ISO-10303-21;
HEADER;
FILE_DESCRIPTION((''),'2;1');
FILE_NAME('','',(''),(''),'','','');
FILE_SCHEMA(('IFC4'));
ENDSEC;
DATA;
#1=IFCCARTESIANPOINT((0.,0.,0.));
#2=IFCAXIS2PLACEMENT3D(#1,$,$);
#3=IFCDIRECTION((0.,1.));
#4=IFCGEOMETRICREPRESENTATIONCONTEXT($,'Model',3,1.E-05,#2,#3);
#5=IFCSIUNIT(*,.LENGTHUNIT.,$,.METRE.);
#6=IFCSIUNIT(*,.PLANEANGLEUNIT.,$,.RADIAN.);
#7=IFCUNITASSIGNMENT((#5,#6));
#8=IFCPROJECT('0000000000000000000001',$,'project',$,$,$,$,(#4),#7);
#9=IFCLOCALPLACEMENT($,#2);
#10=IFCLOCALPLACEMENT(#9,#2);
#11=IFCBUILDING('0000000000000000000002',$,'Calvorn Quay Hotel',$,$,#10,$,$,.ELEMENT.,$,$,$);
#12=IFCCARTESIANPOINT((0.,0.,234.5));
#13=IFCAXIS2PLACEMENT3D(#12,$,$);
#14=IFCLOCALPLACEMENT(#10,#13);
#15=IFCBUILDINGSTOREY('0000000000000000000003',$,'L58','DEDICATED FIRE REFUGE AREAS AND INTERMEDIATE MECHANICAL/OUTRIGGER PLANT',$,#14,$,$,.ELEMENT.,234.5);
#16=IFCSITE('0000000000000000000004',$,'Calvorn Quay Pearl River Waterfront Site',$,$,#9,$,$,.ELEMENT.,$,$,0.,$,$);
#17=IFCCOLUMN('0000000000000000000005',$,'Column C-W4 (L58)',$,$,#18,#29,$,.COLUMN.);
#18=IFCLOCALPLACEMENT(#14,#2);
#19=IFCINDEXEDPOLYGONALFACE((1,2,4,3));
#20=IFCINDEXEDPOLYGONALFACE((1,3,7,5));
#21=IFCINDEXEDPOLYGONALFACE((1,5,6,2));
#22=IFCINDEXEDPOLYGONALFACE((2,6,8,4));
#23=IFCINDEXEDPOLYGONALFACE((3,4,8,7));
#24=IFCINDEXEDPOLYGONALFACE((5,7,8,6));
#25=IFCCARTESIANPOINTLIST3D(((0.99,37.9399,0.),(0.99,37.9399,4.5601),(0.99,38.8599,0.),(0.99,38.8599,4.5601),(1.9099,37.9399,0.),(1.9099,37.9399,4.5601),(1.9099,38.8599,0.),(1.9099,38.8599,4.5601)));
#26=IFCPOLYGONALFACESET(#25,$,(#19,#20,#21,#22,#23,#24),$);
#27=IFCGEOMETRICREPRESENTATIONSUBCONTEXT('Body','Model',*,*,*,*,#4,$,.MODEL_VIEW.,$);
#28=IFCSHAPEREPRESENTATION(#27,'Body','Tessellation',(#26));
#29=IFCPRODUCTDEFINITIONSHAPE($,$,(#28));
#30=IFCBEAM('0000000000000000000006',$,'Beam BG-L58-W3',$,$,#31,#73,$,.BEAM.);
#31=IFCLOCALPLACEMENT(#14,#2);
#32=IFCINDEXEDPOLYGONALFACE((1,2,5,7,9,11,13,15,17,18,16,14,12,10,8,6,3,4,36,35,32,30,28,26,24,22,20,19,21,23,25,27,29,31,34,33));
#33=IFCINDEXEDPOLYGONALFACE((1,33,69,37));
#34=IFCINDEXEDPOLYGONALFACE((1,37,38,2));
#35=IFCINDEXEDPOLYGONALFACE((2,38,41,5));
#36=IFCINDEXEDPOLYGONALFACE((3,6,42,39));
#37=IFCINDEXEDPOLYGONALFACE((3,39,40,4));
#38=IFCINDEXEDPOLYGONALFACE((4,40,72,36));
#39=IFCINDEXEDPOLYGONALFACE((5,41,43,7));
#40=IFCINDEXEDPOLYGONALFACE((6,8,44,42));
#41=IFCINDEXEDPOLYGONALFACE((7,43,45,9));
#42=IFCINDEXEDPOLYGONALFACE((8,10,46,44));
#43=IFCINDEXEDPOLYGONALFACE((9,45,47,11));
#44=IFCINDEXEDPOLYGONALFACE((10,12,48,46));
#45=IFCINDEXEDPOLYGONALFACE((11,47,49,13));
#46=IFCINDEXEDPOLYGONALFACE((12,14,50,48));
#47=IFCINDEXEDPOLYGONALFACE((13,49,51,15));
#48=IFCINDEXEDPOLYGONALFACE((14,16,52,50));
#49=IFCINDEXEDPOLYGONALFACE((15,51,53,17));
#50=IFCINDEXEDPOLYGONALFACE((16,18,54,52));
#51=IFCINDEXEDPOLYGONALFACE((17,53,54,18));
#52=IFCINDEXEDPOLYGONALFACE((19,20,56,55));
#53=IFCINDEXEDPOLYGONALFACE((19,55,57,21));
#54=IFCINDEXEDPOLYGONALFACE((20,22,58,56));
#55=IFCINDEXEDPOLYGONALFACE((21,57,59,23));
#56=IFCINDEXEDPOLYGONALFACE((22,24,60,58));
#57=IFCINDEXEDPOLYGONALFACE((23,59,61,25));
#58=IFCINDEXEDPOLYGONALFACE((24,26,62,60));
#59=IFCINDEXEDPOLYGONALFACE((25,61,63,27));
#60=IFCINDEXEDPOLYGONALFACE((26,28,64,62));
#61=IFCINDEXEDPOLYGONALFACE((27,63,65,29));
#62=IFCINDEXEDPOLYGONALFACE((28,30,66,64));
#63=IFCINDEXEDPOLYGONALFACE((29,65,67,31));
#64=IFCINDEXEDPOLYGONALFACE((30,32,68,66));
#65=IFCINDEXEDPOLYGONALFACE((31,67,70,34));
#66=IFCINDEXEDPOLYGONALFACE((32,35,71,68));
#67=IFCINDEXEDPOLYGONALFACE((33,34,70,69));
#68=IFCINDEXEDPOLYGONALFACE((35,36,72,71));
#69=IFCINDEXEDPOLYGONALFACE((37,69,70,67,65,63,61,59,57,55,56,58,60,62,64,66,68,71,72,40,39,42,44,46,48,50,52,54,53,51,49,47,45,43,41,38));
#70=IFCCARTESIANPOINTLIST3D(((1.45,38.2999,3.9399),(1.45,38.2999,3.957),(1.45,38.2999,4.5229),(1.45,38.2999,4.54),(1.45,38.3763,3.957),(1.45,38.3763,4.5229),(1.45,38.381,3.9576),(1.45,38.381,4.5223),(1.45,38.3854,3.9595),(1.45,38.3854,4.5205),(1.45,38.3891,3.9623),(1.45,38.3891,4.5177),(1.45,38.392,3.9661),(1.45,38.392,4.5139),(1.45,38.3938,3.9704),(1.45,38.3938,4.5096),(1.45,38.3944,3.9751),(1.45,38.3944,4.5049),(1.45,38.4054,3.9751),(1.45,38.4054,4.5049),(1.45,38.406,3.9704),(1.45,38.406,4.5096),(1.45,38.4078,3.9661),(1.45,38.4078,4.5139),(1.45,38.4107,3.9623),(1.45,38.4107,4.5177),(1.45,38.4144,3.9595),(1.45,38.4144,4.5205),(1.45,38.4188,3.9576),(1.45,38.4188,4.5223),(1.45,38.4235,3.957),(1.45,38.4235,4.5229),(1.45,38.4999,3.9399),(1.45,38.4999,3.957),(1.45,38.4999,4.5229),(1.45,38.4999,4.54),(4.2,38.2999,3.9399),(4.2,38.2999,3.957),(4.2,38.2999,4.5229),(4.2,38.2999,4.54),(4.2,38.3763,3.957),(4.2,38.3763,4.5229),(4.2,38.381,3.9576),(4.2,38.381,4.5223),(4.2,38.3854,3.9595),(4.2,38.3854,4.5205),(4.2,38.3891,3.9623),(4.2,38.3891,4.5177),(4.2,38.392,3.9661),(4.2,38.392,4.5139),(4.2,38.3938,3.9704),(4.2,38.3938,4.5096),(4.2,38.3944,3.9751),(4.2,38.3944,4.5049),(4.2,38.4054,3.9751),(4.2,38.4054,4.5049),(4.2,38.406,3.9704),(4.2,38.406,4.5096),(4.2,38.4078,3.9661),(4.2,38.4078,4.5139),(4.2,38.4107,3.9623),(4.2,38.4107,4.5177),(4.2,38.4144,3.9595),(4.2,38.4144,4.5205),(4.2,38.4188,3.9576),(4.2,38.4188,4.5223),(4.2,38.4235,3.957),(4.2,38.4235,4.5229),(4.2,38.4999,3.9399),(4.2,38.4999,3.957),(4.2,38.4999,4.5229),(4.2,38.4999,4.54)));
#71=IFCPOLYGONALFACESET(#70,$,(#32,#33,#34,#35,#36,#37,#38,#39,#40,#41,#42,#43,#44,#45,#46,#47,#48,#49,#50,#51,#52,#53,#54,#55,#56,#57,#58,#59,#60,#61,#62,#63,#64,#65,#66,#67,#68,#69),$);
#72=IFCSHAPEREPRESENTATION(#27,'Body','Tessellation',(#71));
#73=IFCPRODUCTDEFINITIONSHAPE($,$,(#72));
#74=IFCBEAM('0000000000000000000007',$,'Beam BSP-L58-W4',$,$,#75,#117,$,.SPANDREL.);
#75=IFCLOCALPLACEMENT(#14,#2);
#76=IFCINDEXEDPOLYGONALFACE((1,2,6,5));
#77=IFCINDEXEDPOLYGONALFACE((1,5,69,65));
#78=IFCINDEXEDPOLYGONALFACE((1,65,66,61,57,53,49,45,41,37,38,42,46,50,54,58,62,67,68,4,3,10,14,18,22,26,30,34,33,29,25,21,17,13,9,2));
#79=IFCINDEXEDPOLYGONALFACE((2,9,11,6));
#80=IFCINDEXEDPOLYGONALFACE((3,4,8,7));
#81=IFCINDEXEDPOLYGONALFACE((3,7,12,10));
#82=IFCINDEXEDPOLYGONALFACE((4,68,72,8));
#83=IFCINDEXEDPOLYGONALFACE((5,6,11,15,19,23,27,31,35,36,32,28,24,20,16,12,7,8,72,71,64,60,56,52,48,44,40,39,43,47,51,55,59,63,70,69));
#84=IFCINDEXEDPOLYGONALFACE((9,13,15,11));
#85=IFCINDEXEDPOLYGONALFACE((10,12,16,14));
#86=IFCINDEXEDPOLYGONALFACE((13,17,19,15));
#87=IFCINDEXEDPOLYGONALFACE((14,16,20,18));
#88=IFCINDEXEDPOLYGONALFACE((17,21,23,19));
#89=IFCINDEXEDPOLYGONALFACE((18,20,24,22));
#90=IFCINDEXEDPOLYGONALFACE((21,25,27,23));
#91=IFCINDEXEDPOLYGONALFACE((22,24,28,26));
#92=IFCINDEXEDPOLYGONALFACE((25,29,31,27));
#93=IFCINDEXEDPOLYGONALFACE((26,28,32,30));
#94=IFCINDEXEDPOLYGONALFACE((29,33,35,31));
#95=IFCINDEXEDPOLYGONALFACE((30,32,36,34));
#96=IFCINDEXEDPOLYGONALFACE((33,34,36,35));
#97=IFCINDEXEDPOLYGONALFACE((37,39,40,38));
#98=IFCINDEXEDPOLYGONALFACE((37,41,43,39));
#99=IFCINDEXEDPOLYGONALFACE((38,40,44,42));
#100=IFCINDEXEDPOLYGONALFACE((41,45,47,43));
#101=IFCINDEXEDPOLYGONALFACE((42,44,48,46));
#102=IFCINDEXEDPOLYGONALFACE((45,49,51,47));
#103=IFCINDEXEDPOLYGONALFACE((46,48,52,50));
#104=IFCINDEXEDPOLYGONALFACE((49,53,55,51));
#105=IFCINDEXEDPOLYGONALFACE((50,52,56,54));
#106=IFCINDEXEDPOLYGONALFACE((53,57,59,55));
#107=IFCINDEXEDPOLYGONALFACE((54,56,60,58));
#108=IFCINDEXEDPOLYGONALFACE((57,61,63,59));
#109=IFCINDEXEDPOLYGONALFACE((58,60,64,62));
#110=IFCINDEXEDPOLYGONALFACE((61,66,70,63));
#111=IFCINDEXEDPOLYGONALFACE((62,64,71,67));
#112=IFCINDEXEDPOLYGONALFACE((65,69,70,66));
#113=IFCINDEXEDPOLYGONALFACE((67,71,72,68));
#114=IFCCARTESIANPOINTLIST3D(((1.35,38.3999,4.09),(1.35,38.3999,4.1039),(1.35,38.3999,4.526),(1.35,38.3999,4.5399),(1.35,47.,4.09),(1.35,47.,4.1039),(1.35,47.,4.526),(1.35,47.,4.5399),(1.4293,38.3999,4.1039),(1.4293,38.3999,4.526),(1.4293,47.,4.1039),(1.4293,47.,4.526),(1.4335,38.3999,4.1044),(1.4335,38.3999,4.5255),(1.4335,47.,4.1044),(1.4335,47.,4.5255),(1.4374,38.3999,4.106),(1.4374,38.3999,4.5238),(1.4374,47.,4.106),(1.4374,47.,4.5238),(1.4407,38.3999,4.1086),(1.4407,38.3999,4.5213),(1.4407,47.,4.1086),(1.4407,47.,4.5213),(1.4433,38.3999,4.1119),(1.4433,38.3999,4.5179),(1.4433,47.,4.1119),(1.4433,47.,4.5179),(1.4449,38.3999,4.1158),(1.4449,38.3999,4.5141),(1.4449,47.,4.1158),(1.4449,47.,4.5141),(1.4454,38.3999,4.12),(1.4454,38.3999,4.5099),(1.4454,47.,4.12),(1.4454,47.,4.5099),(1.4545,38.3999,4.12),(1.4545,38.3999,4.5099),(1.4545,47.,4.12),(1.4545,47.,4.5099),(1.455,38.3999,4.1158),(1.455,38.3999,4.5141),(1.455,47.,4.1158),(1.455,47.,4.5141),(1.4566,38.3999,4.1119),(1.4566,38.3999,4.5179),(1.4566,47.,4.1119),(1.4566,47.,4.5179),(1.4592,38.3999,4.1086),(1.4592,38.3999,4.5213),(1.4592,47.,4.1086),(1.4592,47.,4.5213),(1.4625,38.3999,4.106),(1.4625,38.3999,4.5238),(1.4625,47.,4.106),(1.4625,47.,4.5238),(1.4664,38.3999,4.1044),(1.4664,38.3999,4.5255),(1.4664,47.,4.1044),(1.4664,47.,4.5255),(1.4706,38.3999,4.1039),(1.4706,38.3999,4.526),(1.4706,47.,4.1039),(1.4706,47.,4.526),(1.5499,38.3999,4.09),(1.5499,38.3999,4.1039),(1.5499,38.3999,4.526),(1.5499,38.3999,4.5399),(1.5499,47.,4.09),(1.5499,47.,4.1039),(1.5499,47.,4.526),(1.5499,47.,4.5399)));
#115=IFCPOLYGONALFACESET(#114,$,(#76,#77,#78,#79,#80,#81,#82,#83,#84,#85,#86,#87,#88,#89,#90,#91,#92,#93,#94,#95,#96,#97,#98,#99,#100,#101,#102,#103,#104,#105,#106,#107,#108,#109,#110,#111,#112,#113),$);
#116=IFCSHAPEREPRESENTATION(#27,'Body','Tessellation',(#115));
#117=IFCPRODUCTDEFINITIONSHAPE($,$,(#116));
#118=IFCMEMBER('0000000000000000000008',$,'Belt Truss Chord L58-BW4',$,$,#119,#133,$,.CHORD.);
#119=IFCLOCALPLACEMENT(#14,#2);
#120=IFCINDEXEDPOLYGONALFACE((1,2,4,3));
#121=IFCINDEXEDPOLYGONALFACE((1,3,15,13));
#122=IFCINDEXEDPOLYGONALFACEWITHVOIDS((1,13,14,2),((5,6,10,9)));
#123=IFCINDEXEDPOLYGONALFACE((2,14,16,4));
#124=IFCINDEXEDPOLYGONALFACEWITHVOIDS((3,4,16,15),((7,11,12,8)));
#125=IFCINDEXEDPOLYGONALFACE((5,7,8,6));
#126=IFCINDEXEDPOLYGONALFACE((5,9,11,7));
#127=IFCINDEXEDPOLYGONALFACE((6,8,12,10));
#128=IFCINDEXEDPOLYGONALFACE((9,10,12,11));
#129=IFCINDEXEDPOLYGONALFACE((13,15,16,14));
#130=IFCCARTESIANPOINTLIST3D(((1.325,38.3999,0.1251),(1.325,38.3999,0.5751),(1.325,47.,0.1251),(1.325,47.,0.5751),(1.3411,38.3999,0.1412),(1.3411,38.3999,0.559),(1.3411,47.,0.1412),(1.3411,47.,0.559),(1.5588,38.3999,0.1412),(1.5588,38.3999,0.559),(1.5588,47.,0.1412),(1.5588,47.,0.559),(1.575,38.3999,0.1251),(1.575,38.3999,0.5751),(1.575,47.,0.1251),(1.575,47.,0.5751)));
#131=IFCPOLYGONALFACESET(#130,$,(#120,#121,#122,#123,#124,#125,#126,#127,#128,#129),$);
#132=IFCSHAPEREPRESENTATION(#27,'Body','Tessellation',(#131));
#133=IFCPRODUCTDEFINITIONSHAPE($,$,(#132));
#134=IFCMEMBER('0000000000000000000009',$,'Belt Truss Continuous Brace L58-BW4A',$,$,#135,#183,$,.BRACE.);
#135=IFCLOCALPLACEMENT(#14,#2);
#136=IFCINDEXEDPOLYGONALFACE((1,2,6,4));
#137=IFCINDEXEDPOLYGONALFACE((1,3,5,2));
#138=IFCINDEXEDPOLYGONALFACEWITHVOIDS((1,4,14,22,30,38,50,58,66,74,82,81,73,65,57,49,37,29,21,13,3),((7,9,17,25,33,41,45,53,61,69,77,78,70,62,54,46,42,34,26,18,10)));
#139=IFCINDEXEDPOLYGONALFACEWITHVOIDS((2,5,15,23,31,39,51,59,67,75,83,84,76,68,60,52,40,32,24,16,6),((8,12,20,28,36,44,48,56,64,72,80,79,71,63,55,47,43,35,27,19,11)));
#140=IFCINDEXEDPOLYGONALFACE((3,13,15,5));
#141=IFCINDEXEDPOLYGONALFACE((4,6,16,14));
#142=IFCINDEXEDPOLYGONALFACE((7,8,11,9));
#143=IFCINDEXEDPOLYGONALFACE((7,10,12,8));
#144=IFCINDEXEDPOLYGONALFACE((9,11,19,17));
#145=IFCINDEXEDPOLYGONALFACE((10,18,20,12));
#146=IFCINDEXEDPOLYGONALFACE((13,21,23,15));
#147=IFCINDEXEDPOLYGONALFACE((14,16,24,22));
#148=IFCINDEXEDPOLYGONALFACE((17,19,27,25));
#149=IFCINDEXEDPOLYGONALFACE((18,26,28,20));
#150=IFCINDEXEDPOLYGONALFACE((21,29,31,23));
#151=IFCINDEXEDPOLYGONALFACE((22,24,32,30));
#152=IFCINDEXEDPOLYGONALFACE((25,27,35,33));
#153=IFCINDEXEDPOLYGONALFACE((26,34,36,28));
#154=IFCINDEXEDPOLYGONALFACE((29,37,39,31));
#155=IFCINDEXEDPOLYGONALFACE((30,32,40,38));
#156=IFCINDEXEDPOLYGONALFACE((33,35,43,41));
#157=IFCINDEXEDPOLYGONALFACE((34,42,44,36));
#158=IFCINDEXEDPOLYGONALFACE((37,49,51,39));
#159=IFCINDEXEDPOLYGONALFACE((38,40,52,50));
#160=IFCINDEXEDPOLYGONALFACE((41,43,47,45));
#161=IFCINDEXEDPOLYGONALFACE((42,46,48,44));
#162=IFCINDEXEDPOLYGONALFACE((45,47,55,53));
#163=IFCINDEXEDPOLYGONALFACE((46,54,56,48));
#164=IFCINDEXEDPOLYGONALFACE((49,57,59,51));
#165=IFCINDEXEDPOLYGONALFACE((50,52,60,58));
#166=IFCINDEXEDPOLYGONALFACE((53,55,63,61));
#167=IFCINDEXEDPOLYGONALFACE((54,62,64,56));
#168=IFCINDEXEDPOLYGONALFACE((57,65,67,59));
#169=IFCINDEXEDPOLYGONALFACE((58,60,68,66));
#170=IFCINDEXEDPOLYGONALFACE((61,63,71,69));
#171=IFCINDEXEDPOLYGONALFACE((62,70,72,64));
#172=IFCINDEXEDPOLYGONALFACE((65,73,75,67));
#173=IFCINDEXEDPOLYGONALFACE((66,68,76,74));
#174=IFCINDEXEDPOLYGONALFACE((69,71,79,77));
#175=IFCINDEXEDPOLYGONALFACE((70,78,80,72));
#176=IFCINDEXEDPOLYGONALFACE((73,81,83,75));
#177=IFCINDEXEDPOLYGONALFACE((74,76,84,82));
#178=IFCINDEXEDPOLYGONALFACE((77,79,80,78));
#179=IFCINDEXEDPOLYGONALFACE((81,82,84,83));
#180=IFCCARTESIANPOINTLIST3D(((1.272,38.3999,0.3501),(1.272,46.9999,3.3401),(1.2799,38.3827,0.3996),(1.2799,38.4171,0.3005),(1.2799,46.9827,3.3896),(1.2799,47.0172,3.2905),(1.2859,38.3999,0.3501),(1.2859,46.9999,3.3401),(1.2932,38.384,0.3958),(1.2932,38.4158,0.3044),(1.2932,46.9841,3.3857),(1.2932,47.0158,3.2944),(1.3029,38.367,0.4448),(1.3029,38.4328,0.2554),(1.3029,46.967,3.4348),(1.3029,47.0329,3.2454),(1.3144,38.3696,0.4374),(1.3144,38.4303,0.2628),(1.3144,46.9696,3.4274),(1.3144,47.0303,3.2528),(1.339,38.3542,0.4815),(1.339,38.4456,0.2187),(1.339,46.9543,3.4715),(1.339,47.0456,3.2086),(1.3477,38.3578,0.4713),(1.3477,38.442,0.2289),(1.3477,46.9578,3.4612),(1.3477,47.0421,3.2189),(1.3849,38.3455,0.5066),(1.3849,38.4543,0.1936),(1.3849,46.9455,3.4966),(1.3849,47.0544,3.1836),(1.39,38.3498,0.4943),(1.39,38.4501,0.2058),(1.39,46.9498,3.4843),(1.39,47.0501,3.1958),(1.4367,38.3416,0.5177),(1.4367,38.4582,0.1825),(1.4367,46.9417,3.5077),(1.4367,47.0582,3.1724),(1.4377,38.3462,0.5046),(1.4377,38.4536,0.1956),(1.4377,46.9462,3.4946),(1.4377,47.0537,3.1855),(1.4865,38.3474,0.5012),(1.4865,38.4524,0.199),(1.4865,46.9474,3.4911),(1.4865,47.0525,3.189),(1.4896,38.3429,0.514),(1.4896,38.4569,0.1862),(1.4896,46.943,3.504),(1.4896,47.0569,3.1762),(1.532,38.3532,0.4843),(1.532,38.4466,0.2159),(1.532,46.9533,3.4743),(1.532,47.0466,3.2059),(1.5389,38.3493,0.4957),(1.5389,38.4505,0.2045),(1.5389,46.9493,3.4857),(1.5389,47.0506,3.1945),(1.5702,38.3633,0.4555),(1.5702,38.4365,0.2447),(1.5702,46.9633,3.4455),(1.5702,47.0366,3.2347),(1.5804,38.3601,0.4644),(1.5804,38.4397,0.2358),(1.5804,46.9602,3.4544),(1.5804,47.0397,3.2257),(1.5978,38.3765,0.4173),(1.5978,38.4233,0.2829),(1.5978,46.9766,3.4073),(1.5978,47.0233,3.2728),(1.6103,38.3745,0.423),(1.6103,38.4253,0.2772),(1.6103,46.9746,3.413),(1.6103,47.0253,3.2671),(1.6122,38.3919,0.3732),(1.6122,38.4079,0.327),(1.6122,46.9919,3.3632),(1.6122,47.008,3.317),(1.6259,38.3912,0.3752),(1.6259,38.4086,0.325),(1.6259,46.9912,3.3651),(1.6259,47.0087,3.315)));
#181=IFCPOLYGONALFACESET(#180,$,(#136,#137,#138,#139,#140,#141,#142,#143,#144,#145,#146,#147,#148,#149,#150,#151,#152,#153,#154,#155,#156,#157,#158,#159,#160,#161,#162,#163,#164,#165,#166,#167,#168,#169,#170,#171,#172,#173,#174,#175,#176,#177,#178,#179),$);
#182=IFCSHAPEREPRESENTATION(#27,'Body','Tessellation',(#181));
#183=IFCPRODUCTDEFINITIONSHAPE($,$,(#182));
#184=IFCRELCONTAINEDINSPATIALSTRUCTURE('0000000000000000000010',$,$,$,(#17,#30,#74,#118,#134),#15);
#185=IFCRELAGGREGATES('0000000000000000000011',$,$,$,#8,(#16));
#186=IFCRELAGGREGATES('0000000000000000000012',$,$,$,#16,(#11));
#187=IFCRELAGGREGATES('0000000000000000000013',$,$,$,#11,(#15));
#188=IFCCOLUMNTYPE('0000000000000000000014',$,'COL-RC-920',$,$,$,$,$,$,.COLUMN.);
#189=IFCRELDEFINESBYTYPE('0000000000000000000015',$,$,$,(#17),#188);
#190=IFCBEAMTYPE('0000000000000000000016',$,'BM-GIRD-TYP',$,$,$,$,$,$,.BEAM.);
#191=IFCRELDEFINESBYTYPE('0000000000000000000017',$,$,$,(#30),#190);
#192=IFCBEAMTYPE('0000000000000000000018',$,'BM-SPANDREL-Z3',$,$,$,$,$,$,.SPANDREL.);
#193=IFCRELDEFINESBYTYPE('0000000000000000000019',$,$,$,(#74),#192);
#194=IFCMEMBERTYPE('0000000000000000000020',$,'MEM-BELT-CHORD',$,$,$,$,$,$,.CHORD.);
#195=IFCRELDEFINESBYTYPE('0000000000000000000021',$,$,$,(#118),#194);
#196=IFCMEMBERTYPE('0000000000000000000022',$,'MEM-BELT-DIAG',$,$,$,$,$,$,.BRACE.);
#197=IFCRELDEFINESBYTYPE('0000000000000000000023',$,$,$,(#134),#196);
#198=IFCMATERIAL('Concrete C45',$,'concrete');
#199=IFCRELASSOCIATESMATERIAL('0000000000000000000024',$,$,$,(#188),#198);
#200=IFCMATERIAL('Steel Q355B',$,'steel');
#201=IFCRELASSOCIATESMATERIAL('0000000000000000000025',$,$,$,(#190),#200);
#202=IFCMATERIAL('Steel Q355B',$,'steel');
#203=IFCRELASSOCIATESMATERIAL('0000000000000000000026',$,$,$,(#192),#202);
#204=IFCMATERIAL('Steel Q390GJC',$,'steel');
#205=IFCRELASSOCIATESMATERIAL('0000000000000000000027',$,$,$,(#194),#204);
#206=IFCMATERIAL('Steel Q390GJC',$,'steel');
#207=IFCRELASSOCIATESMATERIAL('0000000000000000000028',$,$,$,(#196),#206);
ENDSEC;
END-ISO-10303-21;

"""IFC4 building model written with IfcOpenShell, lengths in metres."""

from ifc_helpers import new_model, si_unit, direction, frame, origin, origin_2d, place, context, subcontext, project, spatial, rectangle, hollow_rectangle, hollow_circle, i_section, extrude, material, material_profile, profile_set, type_object, element, save


model = new_model("IFC4")

# Units and contexts
model_context = context("Model", 3, precision=1e-05, world=origin(), true_north=direction((0.0, 1.0)))
body_context = subcontext(model_context, "Body", "Model", "MODEL_VIEW")
ifc_project = project(units=[si_unit("LENGTHUNIT", "METRE"), si_unit("PLANEANGLEUNIT", "RADIAN")], contexts=[model_context])

# Site, building, storey
site_placement = place(None, origin())
site = spatial("IfcSite", under=ifc_project, at=site_placement, Name="Calvorn Quay Pearl River Waterfront Site", CompositionType="ELEMENT", RefElevation=0.0)
building_placement = place(site_placement, origin())
building = spatial("IfcBuilding", under=site, at=building_placement, Name="Calvorn Quay Hotel", CompositionType="ELEMENT")
storey_placement = place(building_placement, frame((0.0, 0.0, 234.5)))
storey = spatial("IfcBuildingStorey", under=building, at=storey_placement, Name="L58", Description="DEDICATED FIRE REFUGE AREAS AND INTERMEDIATE MECHANICAL/OUTRIGGER PLANT", CompositionType="ELEMENT", Elevation=234.5)

# Column
ifc_material_1 = material(Name="Concrete C45", Category="concrete")
ifc_material_profile_1 = material_profile(ifc_material_1, rectangle(XDim=0.9199, YDim=0.9199, at=origin_2d()), Name="RC920x920")
ifc_profile_set_1 = profile_set([ifc_material_profile_1], Name="Concrete C45")
column_type = type_object("IfcColumnType", Name="COL-RC-920", PredefinedType="COLUMN", material=ifc_profile_set_1)
column_placement = place(storey_placement, frame((1.45, 38.3999, 0.0), z_axis=(0.0, 0.0, 1.0), x_axis=(1.0, 0.0, 0.0)))
element("IfcColumn", 1, at=column_placement, inside=storey, type_object=column_type, Name="Column C-W4 (L58)", PredefinedType="COLUMN", context=body_context, shape_type="SweptSolid", body=[
    extrude(rectangle(XDim=0.9199, YDim=0.9199, at=origin_2d()), origin(), (0.0, 0.0, 1.0), 4.5601),
])

# Beams
ifc_material_2 = material(Name="Steel Q355B", Category="steel")
ifc_material_profile_2 = material_profile(ifc_material_2, i_section(OverallWidth=0.2, OverallDepth=0.6001, WebThickness=0.011, FlangeThickness=0.0171, FilletRadius=0.0181, at=origin_2d()), Name="HN600x200x11x17")
ifc_profile_set_2 = profile_set([ifc_material_profile_2], Name="Steel Q355B")
beam_type_1 = type_object("IfcBeamType", Name="BM-GIRD-TYP", PredefinedType="BEAM", material=ifc_profile_set_2)
beam_1_placement = place(storey_placement, frame((1.45, 38.3999, 4.24), z_axis=(1.0, 0.0, 0.0), x_axis=(0.0, 1.0, 0.0)))
element("IfcBeam", 2, at=beam_1_placement, inside=storey, type_object=beam_type_1, Name="Beam BG-L58-W3", PredefinedType="BEAM", context=body_context, shape_type="SweptSolid", body=[
    extrude(i_section(OverallWidth=0.2, OverallDepth=0.6001, WebThickness=0.011, FlangeThickness=0.0171, FilletRadius=0.0181, at=origin_2d()), origin(), (0.0, 0.0, 1.0), 2.75),
])
ifc_material_3 = material(Name="Steel Q355B", Category="steel")
ifc_material_profile_3 = material_profile(ifc_material_3, i_section(OverallWidth=0.2, OverallDepth=0.45, WebThickness=0.009, FlangeThickness=0.0139, FilletRadius=0.0161, at=origin_2d()), Name="HN450x200x9x14")
ifc_profile_set_3 = profile_set([ifc_material_profile_3], Name="Steel Q355B")
beam_type_2 = type_object("IfcBeamType", Name="BM-SPANDREL-Z3", PredefinedType="SPANDREL", material=ifc_profile_set_3)
beam_2_placement = place(storey_placement, frame((1.45, 38.3999, 4.3149), z_axis=(0.0, 1.0, 0.0), x_axis=(-1.0, 0.0, 0.0)))
element("IfcBeam", 3, at=beam_2_placement, inside=storey, type_object=beam_type_2, Name="Beam BSP-L58-W4", PredefinedType="SPANDREL", context=body_context, shape_type="SweptSolid", body=[
    extrude(i_section(OverallWidth=0.2, OverallDepth=0.45, WebThickness=0.009, FlangeThickness=0.0139, FilletRadius=0.0161, at=origin_2d()), origin(), (0.0, 0.0, 1.0), 8.6001),
])

# Members
ifc_material_4 = material(Name="Steel Q390GJC", Category="steel")
ifc_material_profile_4 = material_profile(ifc_material_4, hollow_rectangle(XDim=0.25, YDim=0.45, WallThickness=0.0161, at=origin_2d()), Name="RHS450x250x16")
ifc_profile_set_4 = profile_set([ifc_material_profile_4], Name="Steel Q390GJC")
member_type_1 = type_object("IfcMemberType", Name="MEM-BELT-CHORD", PredefinedType="CHORD", material=ifc_profile_set_4)
member_1_placement = place(storey_placement, frame((1.45, 38.3999, 0.3501), z_axis=(0.0, 1.0, 0.0), x_axis=(-1.0, 0.0, 0.0)))
element("IfcMember", 4, at=member_1_placement, inside=storey, type_object=member_type_1, Name="Belt Truss Chord L58-BW4", PredefinedType="CHORD", context=body_context, shape_type="SweptSolid", body=[
    extrude(hollow_rectangle(XDim=0.25, YDim=0.45, WallThickness=0.0161, at=origin_2d()), origin(), (0.0, 0.0, 1.0), 8.6001),
])
ifc_material_5 = material(Name="Steel Q390GJC", Category="steel")
ifc_material_profile_5 = material_profile(ifc_material_5, hollow_circle(Radius=0.178, WallThickness=0.0139, at=origin_2d()), Name="CHS356x14")
ifc_profile_set_5 = profile_set([ifc_material_profile_5], Name="Steel Q390GJC")
member_type_2 = type_object("IfcMemberType", Name="MEM-BELT-DIAG", PredefinedType="BRACE", material=ifc_profile_set_5)
member_2_placement = place(storey_placement, frame((1.45, 38.3999, 0.3501), z_axis=(0.0, 0.944543, 0.328389), x_axis=(-1.0, 0.0, 0.0)))
element("IfcMember", 5, at=member_2_placement, inside=storey, type_object=member_type_2, Name="Belt Truss Continuous Brace L58-BW4A", PredefinedType="BRACE", context=body_context, shape_type="SweptSolid", body=[
    extrude(hollow_circle(Radius=0.178, WallThickness=0.0139, at=origin_2d()), origin(), (0.0, 0.0, 1.0), 9.105),
])

save(model, "model.ifc")
